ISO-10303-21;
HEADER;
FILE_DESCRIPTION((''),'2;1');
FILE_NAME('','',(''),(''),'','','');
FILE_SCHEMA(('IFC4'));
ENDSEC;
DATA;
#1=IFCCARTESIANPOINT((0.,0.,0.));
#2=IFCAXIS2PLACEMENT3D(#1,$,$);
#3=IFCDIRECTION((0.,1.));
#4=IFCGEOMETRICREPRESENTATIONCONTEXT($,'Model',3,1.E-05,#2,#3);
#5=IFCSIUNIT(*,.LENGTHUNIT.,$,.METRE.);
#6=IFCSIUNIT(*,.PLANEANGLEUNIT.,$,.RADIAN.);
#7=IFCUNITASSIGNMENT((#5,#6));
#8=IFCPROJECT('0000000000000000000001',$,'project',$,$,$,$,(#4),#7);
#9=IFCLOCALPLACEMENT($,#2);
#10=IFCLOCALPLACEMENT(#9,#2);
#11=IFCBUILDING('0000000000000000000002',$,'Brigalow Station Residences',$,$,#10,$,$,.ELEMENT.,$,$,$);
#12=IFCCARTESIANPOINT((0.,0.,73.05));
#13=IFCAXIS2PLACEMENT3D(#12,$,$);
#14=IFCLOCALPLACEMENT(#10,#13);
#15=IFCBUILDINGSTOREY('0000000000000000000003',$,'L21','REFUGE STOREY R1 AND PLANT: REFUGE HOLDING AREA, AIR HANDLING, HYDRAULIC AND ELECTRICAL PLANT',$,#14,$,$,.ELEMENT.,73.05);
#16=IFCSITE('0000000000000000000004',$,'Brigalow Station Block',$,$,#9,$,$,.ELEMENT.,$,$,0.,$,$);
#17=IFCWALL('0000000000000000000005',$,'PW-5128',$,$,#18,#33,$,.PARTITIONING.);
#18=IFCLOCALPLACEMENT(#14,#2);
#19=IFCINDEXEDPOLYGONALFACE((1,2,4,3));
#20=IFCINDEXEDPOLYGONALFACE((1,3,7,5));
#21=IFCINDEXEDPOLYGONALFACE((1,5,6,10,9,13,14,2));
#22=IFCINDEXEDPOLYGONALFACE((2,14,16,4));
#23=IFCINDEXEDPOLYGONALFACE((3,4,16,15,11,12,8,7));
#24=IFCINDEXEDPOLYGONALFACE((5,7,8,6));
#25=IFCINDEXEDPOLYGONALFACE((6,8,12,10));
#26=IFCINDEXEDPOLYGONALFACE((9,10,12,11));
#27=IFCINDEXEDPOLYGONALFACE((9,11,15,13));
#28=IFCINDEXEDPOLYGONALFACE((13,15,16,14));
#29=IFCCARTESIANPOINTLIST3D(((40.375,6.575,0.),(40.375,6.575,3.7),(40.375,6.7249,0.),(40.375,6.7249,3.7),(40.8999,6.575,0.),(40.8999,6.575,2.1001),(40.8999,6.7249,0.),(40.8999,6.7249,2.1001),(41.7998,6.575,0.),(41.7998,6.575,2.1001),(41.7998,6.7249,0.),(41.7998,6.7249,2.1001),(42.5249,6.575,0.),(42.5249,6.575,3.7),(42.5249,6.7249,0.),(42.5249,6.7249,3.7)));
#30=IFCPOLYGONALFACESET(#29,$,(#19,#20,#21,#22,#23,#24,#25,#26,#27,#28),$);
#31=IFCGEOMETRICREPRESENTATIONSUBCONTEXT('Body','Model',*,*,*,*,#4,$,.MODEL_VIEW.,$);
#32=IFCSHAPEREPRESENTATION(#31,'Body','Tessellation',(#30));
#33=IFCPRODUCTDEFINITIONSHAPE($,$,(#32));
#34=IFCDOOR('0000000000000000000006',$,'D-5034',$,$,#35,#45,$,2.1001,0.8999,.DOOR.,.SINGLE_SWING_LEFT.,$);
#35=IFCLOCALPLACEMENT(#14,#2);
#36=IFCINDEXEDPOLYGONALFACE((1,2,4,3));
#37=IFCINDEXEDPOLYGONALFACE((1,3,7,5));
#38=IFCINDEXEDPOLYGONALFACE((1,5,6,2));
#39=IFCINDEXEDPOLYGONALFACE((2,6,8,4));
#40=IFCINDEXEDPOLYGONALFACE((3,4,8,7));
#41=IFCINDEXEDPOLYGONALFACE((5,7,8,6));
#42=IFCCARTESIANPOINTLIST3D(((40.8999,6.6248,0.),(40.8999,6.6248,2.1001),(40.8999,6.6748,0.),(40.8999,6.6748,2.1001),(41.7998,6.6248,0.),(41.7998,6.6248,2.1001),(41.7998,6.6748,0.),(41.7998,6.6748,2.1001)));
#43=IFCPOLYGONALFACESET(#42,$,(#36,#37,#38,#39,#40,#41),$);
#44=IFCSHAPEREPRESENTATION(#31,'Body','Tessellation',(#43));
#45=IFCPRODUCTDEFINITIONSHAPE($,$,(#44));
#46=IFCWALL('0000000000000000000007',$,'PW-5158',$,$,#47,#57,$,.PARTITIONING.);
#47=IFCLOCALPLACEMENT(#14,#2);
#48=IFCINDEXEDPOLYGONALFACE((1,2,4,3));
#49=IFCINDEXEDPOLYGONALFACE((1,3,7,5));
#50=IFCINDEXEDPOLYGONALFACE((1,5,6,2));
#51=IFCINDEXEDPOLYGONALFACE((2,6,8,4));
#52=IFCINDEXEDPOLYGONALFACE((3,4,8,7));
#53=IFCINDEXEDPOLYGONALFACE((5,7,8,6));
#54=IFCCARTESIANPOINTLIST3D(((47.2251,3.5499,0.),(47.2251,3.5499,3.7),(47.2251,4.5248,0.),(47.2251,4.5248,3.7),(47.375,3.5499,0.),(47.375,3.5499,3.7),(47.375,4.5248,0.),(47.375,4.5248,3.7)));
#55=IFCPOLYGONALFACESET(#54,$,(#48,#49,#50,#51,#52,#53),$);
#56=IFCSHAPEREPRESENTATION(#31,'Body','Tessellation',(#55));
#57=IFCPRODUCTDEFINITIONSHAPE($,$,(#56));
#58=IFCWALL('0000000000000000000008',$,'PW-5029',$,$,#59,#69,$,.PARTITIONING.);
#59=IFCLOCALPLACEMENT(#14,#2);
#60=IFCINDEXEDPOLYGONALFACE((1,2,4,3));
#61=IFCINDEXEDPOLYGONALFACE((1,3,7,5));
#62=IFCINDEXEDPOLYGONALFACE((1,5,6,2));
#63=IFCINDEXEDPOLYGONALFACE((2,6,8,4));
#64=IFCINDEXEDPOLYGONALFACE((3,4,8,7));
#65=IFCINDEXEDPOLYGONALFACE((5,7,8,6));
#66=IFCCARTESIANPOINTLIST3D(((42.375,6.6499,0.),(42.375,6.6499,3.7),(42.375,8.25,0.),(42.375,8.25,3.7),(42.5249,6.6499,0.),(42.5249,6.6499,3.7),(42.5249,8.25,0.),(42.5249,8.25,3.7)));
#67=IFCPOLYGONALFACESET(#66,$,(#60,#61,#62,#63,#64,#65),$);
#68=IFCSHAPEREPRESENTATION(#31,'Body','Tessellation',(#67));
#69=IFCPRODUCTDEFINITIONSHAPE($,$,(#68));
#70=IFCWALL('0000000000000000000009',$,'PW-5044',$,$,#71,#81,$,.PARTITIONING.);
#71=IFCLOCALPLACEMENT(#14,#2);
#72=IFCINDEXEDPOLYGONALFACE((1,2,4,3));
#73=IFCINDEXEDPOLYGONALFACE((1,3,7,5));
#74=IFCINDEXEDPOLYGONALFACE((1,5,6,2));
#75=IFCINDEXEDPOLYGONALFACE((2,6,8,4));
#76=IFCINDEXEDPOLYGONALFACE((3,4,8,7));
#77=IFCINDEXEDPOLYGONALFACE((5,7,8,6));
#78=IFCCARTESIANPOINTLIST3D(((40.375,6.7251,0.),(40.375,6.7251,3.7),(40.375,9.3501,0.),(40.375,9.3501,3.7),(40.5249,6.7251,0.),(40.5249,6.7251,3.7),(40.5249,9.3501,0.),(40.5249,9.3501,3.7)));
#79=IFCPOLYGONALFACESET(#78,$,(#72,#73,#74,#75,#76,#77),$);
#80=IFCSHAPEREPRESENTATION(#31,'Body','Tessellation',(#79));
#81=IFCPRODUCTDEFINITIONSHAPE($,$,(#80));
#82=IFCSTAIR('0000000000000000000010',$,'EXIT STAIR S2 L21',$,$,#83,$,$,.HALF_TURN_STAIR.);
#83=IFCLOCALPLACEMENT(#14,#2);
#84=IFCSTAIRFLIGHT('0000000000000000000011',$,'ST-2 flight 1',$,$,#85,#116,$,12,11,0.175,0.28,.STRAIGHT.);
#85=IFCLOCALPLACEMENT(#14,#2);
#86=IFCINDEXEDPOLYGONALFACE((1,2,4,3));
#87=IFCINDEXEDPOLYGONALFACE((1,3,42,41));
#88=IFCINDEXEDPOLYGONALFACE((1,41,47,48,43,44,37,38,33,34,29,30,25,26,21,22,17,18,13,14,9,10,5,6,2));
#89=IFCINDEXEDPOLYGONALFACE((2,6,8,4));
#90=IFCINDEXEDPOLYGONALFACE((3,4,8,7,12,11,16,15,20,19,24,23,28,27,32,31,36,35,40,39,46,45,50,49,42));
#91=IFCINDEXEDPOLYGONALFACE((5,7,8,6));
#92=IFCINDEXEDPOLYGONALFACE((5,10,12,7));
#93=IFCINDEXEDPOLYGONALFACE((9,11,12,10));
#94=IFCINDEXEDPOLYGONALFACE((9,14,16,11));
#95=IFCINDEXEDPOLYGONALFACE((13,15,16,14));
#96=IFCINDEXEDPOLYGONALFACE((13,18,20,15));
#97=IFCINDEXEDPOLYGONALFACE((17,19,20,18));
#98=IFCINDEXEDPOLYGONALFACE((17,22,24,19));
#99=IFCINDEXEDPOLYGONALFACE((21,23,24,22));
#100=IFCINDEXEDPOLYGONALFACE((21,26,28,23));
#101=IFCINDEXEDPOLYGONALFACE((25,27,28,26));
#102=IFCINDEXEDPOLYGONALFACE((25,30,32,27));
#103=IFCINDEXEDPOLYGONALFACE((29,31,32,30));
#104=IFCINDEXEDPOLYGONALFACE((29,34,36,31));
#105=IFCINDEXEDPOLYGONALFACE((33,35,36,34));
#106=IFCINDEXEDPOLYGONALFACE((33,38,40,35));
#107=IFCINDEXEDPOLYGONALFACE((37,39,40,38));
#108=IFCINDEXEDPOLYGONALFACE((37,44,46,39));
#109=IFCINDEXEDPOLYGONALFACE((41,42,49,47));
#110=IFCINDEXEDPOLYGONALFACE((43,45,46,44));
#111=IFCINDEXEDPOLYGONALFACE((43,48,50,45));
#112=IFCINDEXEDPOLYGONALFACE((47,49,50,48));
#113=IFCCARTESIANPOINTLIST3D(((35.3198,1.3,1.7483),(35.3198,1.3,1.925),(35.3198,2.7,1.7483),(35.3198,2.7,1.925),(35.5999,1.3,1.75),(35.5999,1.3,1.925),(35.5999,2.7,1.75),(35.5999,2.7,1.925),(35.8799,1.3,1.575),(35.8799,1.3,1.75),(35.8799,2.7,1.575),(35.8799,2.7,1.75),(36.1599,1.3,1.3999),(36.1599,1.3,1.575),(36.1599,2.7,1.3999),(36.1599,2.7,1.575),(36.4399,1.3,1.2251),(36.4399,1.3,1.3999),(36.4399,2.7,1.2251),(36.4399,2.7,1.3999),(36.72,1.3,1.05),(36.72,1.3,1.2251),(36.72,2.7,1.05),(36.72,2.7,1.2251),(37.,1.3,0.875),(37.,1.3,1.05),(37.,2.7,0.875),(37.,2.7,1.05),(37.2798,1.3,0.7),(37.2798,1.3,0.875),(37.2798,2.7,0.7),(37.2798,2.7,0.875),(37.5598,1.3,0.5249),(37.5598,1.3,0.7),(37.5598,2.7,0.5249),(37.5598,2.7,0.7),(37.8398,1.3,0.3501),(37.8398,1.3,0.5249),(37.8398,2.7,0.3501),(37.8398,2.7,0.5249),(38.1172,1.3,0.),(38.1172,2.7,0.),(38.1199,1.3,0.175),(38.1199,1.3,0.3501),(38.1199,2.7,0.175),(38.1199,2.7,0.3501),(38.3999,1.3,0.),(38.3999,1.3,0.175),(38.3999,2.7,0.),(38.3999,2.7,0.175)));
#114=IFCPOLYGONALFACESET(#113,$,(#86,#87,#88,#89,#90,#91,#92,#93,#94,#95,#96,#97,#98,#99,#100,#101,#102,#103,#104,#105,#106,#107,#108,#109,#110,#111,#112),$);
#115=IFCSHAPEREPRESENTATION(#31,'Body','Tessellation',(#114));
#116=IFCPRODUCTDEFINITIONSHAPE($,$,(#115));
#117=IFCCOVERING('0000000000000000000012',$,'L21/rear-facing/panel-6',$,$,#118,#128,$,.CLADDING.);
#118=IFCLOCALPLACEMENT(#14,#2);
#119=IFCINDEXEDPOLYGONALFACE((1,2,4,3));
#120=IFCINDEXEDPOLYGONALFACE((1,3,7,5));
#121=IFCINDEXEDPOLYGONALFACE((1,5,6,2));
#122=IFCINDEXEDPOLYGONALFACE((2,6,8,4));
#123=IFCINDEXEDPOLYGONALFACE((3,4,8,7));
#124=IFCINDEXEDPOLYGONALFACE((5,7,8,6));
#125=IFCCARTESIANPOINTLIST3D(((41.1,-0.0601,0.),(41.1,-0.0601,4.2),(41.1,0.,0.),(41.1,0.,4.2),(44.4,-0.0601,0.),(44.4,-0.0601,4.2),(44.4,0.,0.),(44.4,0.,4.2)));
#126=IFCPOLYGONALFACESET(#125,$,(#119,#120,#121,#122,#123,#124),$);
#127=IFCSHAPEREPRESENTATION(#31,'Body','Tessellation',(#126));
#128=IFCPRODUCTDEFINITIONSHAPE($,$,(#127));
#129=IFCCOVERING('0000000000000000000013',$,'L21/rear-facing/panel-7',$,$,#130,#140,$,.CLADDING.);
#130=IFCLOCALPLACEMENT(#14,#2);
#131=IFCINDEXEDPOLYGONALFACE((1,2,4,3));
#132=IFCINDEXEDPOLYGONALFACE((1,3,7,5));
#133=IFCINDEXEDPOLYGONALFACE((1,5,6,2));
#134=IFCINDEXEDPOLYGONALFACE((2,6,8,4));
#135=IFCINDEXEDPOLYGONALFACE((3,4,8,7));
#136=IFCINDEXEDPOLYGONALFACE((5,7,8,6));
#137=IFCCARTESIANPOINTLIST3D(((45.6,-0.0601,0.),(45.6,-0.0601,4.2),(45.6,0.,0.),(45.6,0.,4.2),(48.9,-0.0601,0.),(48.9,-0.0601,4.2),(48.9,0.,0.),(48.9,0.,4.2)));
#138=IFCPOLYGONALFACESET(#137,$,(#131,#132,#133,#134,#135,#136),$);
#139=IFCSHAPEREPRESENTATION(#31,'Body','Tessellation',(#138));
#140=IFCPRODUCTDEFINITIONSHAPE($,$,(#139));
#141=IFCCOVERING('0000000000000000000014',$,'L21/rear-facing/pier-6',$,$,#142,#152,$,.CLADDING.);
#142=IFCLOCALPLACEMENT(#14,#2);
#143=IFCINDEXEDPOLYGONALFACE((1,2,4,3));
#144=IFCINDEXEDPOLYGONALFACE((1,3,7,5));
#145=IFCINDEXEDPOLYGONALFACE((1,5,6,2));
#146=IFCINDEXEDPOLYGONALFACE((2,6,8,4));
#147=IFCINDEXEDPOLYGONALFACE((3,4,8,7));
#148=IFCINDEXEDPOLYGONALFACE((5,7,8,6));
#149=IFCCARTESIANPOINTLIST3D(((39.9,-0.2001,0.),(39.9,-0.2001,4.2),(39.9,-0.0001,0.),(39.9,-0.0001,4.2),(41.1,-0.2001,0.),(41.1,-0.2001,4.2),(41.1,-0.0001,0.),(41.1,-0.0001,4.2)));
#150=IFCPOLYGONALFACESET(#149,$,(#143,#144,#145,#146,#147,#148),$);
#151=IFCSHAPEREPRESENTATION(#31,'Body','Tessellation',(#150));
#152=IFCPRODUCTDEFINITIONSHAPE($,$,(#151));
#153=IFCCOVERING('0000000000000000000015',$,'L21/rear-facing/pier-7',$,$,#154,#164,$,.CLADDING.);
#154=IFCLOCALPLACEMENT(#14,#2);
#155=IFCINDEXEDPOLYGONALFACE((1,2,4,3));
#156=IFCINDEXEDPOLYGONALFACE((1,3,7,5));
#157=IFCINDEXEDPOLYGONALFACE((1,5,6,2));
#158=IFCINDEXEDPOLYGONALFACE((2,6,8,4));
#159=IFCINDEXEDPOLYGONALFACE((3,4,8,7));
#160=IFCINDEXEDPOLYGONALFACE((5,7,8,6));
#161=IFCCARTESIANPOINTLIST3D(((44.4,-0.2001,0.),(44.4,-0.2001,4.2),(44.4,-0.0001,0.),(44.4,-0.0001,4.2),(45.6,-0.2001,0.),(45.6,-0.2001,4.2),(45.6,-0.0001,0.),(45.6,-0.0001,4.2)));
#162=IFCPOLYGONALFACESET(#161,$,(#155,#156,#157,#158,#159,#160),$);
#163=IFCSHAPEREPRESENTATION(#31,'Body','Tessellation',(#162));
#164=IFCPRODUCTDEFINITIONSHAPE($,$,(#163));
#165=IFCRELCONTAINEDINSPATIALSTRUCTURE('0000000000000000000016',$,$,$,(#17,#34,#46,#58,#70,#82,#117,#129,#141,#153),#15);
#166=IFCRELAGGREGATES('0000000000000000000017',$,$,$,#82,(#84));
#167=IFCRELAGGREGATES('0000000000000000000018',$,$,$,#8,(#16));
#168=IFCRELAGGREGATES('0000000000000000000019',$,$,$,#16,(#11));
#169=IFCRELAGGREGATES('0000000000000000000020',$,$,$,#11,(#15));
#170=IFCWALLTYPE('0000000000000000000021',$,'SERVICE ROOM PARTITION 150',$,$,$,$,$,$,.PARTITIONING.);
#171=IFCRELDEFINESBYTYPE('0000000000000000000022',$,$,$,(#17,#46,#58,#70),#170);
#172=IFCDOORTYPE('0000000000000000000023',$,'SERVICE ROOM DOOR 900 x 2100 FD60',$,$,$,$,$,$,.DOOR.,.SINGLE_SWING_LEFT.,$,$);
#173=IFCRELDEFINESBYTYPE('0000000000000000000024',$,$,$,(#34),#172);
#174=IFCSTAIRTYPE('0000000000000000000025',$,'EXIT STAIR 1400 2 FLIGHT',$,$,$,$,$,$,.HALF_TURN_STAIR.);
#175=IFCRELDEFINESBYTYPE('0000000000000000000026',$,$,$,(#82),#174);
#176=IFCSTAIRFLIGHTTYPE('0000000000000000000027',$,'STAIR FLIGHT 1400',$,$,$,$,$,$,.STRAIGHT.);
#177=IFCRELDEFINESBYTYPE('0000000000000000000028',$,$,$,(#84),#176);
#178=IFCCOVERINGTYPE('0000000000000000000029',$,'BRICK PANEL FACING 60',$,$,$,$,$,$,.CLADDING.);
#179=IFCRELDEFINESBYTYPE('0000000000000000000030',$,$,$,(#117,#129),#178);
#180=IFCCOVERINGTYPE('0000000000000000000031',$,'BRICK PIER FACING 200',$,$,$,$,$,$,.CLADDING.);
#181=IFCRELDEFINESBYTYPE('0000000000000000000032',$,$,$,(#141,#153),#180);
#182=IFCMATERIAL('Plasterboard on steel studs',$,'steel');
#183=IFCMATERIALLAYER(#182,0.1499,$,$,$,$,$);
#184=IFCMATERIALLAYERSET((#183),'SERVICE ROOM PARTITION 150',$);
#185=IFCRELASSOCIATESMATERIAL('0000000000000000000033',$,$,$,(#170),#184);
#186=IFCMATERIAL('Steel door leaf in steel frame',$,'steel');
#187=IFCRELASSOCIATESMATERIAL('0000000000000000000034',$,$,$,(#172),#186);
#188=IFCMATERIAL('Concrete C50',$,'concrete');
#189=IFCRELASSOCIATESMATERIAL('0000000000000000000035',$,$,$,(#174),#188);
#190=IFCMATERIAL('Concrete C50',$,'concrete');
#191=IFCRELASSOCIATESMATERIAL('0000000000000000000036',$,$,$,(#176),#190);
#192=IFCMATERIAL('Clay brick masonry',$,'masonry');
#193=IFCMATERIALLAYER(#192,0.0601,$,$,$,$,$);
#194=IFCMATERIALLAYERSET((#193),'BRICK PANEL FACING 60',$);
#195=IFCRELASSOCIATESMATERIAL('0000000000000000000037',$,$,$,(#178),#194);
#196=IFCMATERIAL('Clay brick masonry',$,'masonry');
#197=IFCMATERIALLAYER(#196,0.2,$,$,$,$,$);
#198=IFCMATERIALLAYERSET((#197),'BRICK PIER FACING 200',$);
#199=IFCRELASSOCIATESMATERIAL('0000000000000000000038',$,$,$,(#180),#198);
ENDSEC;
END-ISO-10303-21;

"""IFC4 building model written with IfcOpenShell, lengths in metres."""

from ifc_helpers import new_model, si_unit, direction, frame, frame_2d, origin, origin_2d, place, context, subcontext, project, spatial, polyline, rectangle, outline, extrude, material, layer, layer_set, type_object, element, fill, aggregate, save


model = new_model("IFC4")

# Units and contexts
model_context = context("Model", 3, precision=1e-05, world=origin(), true_north=direction((0.0, 1.0)))
body_context = subcontext(model_context, "Body", "Model", "MODEL_VIEW")
ifc_project = project(units=[si_unit("LENGTHUNIT", "METRE"), si_unit("PLANEANGLEUNIT", "RADIAN")], contexts=[model_context])

# Site, building, storey
site_placement = place(None, origin())
site = spatial("IfcSite", under=ifc_project, at=site_placement, Name="Brigalow Station Block", CompositionType="ELEMENT", RefElevation=0.0)
building_placement = place(site_placement, origin())
building = spatial("IfcBuilding", under=site, at=building_placement, Name="Brigalow Station Residences", CompositionType="ELEMENT")
storey_placement = place(building_placement, frame((0.0, 0.0, 73.05)))
storey = spatial("IfcBuildingStorey", under=building, at=storey_placement, Name="L21", Description="REFUGE STOREY R1 AND PLANT: REFUGE HOLDING AREA, AIR HANDLING, HYDRAULIC AND ELECTRICAL PLANT", CompositionType="ELEMENT", Elevation=73.05)

# Wall, opening, door
ifc_material_1 = material(Name="Plasterboard on steel studs", Category="steel")
ifc_layer_1 = layer(ifc_material_1, 0.1499)
ifc_layer_set_1 = layer_set([ifc_layer_1], Name="SERVICE ROOM PARTITION 150")
wall_type_1 = type_object("IfcWallType", Name="SERVICE ROOM PARTITION 150", PredefinedType="PARTITIONING", material=ifc_layer_set_1)
ifc_material_2 = material(Name="Steel door leaf in steel frame", Category="steel")
door_type_1 = type_object("IfcDoorType", Name="SERVICE ROOM DOOR 900 x 2100 FD60", OperationType="SINGLE_SWING_LEFT", PredefinedType="DOOR", material=ifc_material_2)
wall_1_placement = place(storey_placement, frame((40.375, 6.6499, 0.0), z_axis=(0.0, 0.0, 1.0), x_axis=(1.0, 0.0, 0.0)))
wall_1 = element("IfcWall", 1, at=wall_1_placement, inside=storey, type_object=wall_type_1, Name="PW-5128", PredefinedType="PARTITIONING", context=body_context, shape_type="SweptSolid", body=[
    extrude(rectangle(XDim=2.1499, YDim=0.1499, at=frame_2d((1.075, 0.0))), origin(), (0.0, 0.0, 1.0), 3.7),
])
opening_1_placement = place(wall_1_placement, frame((0.5249, 0.0, 0.0)))
opening_1 = element("IfcOpeningElement", 2, at=opening_1_placement, cuts=wall_1, PredefinedType="OPENING", context=body_context, shape_type="SweptSolid", body=[
    extrude(rectangle(XDim=0.8999, YDim=2.1001, at=frame_2d((0.45, 1.05))), frame((0.0, 0.085, 0.0), z_axis=(0.0, -1.0, 0.0), x_axis=(1.0, 0.0, 0.0)), (0.0, 0.0, 1.0), 0.1699),
])
door_1_placement = place(opening_1_placement, origin())
door_1 = element("IfcDoor", 3, at=door_1_placement, inside=storey, type_object=door_type_1, Name="D-5034", OperationType="SINGLE_SWING_LEFT", OverallHeight=2.1001, OverallWidth=0.8999, PredefinedType="DOOR", context=body_context, shape_type="SweptSolid", body=[
    extrude(rectangle(XDim=0.8999, YDim=2.1001, at=frame_2d((0.45, 1.05))), frame((0.0, 0.0249, 0.0), z_axis=(0.0, -1.0, 0.0), x_axis=(1.0, 0.0, 0.0)), (0.0, 0.0, 1.0), 0.05),
])
fill(opening_1, door_1)

# Walls
wall_2_placement = place(storey_placement, frame((47.3, 3.55, 0.0), z_axis=(0.0, 0.0, 1.0), x_axis=(0.0, 1.0, 0.0)))
element("IfcWall", 4, at=wall_2_placement, inside=storey, type_object=wall_type_1, Name="PW-5158", PredefinedType="PARTITIONING", context=body_context, shape_type="SweptSolid", body=[
    extrude(rectangle(XDim=0.9749, YDim=0.1499, at=frame_2d((0.4873, 0.0))), origin(), (0.0, 0.0, 1.0), 3.7),
])
wall_3_placement = place(storey_placement, frame((42.45, 6.6499, 0.0), z_axis=(0.0, 0.0, 1.0), x_axis=(0.0, 1.0, 0.0)))
element("IfcWall", 5, at=wall_3_placement, inside=storey, type_object=wall_type_1, Name="PW-5029", PredefinedType="PARTITIONING", context=body_context, shape_type="SweptSolid", body=[
    extrude(rectangle(XDim=1.6001, YDim=0.1499, at=frame_2d((0.8, 0.0))), origin(), (0.0, 0.0, 1.0), 3.7),
])
wall_4_placement = place(storey_placement, frame((40.45, 6.7251, 0.0), z_axis=(0.0, 0.0, 1.0), x_axis=(0.0, 1.0, 0.0)))
element("IfcWall", 6, at=wall_4_placement, inside=storey, type_object=wall_type_1, Name="PW-5044", PredefinedType="PARTITIONING", context=body_context, shape_type="SweptSolid", body=[
    extrude(rectangle(XDim=2.625, YDim=0.1499, at=frame_2d((1.3125, 0.0))), origin(), (0.0, 0.0, 1.0), 3.7),
])

# Stair, stair flight
ifc_material_3 = material(Name="Concrete C50", Category="concrete")
stair_type = type_object("IfcStairType", Name="EXIT STAIR 1400 2 FLIGHT", PredefinedType="HALF_TURN_STAIR", material=ifc_material_3)
stair_placement = place(storey_placement, origin())
stair = element("IfcStair", 7, at=stair_placement, inside=storey, type_object=stair_type, Name="EXIT STAIR S2 L21", PredefinedType="HALF_TURN_STAIR")
ifc_material_4 = material(Name="Concrete C50", Category="concrete")
stair_flight_type = type_object("IfcStairFlightType", Name="STAIR FLIGHT 1400", PredefinedType="STRAIGHT", material=ifc_material_4)
stair_flight_placement = place(storey_placement, frame((38.3999, 2.0, 0.0), z_axis=(0.0, 0.0, 1.0), x_axis=(-1.0, 0.0, 0.0)))
stair_flight = element("IfcStairFlight", 8, at=stair_flight_placement, type_object=stair_flight_type, Name="ST-2 flight 1", NumberOfRisers=12, NumberOfTreads=11, PredefinedType="STRAIGHT", RiserHeight=0.175, TreadLength=0.28, context=body_context, shape_type="SweptSolid", body=[
    extrude(outline(polyline([(0.0, 0.0), (0.0, 0.175), (0.28, 0.175), (0.28, 0.3501), (0.5601, 0.3501), (0.5601, 0.5249), (0.8401, 0.5249), (0.8401, 0.7), (1.1201, 0.7), (1.1201, 0.875), (1.3999, 0.875), (1.3999, 1.05), (1.6799, 1.05), (1.6799, 1.2251), (1.96, 1.2251), (1.96, 1.3999), (2.24, 1.3999), (2.24, 1.575), (2.52, 1.575), (2.52, 1.75), (2.8, 1.75), (2.8, 1.925), (3.0801, 1.925), (3.0801, 2.1001), (3.0801, 1.7483), (0.2827, 0.0), (0.0, 0.0)])), frame((0.0, 0.7, 0.0), z_axis=(0.0, -1.0, 0.0), x_axis=(1.0, 0.0, 0.0)), (0.0, 0.0, 1.0), 1.3999),
])
aggregate(stair, [stair_flight])

# Coverings
ifc_material_5 = material(Name="Clay brick masonry", Category="masonry")
ifc_layer_2 = layer(ifc_material_5, 0.0601)
ifc_layer_set_2 = layer_set([ifc_layer_2], Name="BRICK PANEL FACING 60")
covering_type_1 = type_object("IfcCoveringType", Name="BRICK PANEL FACING 60", PredefinedType="CLADDING", material=ifc_layer_set_2)
for number, where, z_axis, x_axis, name in (
    (9, (42.75, -0.03, 0.0), (0.0, 0.0, 1.0), (1.0, 0.0, 0.0), "L21/rear-facing/panel-6"),
    (10, (47.25, -0.03, 0.0), (0.0, 0.0, 1.0), (1.0, 0.0, 0.0), "L21/rear-facing/panel-7"),
):
    element("IfcCovering", number, at=place(storey_placement, frame(where, z_axis=z_axis, x_axis=x_axis)), inside=storey, type_object=covering_type_1, Name=name, PredefinedType="CLADDING", context=body_context, shape_type="SweptSolid", body=[
        extrude(rectangle(XDim=3.3, YDim=0.0601, at=origin_2d()), origin(), (0.0, 0.0, 1.0), 4.2),
    ])
ifc_material_6 = material(Name="Clay brick masonry", Category="masonry")
ifc_layer_3 = layer(ifc_material_6, 0.2)
ifc_layer_set_3 = layer_set([ifc_layer_3], Name="BRICK PIER FACING 200")
covering_type_2 = type_object("IfcCoveringType", Name="BRICK PIER FACING 200", PredefinedType="CLADDING", material=ifc_layer_set_3)
for number, where, z_axis, x_axis, name in (
    (11, (40.5, -0.1001, 0.0), (0.0, 0.0, 1.0), (1.0, 0.0, 0.0), "L21/rear-facing/pier-6"),
    (12, (45.0, -0.1001, 0.0), (0.0, 0.0, 1.0), (1.0, 0.0, 0.0), "L21/rear-facing/pier-7"),
):
    element("IfcCovering", number, at=place(storey_placement, frame(where, z_axis=z_axis, x_axis=x_axis)), inside=storey, type_object=covering_type_2, Name=name, PredefinedType="CLADDING", context=body_context, shape_type="SweptSolid", body=[
        extrude(rectangle(XDim=1.2, YDim=0.2, at=origin_2d()), origin(), (0.0, 0.0, 1.0), 4.2),
    ])

save(model, "model.ifc")
